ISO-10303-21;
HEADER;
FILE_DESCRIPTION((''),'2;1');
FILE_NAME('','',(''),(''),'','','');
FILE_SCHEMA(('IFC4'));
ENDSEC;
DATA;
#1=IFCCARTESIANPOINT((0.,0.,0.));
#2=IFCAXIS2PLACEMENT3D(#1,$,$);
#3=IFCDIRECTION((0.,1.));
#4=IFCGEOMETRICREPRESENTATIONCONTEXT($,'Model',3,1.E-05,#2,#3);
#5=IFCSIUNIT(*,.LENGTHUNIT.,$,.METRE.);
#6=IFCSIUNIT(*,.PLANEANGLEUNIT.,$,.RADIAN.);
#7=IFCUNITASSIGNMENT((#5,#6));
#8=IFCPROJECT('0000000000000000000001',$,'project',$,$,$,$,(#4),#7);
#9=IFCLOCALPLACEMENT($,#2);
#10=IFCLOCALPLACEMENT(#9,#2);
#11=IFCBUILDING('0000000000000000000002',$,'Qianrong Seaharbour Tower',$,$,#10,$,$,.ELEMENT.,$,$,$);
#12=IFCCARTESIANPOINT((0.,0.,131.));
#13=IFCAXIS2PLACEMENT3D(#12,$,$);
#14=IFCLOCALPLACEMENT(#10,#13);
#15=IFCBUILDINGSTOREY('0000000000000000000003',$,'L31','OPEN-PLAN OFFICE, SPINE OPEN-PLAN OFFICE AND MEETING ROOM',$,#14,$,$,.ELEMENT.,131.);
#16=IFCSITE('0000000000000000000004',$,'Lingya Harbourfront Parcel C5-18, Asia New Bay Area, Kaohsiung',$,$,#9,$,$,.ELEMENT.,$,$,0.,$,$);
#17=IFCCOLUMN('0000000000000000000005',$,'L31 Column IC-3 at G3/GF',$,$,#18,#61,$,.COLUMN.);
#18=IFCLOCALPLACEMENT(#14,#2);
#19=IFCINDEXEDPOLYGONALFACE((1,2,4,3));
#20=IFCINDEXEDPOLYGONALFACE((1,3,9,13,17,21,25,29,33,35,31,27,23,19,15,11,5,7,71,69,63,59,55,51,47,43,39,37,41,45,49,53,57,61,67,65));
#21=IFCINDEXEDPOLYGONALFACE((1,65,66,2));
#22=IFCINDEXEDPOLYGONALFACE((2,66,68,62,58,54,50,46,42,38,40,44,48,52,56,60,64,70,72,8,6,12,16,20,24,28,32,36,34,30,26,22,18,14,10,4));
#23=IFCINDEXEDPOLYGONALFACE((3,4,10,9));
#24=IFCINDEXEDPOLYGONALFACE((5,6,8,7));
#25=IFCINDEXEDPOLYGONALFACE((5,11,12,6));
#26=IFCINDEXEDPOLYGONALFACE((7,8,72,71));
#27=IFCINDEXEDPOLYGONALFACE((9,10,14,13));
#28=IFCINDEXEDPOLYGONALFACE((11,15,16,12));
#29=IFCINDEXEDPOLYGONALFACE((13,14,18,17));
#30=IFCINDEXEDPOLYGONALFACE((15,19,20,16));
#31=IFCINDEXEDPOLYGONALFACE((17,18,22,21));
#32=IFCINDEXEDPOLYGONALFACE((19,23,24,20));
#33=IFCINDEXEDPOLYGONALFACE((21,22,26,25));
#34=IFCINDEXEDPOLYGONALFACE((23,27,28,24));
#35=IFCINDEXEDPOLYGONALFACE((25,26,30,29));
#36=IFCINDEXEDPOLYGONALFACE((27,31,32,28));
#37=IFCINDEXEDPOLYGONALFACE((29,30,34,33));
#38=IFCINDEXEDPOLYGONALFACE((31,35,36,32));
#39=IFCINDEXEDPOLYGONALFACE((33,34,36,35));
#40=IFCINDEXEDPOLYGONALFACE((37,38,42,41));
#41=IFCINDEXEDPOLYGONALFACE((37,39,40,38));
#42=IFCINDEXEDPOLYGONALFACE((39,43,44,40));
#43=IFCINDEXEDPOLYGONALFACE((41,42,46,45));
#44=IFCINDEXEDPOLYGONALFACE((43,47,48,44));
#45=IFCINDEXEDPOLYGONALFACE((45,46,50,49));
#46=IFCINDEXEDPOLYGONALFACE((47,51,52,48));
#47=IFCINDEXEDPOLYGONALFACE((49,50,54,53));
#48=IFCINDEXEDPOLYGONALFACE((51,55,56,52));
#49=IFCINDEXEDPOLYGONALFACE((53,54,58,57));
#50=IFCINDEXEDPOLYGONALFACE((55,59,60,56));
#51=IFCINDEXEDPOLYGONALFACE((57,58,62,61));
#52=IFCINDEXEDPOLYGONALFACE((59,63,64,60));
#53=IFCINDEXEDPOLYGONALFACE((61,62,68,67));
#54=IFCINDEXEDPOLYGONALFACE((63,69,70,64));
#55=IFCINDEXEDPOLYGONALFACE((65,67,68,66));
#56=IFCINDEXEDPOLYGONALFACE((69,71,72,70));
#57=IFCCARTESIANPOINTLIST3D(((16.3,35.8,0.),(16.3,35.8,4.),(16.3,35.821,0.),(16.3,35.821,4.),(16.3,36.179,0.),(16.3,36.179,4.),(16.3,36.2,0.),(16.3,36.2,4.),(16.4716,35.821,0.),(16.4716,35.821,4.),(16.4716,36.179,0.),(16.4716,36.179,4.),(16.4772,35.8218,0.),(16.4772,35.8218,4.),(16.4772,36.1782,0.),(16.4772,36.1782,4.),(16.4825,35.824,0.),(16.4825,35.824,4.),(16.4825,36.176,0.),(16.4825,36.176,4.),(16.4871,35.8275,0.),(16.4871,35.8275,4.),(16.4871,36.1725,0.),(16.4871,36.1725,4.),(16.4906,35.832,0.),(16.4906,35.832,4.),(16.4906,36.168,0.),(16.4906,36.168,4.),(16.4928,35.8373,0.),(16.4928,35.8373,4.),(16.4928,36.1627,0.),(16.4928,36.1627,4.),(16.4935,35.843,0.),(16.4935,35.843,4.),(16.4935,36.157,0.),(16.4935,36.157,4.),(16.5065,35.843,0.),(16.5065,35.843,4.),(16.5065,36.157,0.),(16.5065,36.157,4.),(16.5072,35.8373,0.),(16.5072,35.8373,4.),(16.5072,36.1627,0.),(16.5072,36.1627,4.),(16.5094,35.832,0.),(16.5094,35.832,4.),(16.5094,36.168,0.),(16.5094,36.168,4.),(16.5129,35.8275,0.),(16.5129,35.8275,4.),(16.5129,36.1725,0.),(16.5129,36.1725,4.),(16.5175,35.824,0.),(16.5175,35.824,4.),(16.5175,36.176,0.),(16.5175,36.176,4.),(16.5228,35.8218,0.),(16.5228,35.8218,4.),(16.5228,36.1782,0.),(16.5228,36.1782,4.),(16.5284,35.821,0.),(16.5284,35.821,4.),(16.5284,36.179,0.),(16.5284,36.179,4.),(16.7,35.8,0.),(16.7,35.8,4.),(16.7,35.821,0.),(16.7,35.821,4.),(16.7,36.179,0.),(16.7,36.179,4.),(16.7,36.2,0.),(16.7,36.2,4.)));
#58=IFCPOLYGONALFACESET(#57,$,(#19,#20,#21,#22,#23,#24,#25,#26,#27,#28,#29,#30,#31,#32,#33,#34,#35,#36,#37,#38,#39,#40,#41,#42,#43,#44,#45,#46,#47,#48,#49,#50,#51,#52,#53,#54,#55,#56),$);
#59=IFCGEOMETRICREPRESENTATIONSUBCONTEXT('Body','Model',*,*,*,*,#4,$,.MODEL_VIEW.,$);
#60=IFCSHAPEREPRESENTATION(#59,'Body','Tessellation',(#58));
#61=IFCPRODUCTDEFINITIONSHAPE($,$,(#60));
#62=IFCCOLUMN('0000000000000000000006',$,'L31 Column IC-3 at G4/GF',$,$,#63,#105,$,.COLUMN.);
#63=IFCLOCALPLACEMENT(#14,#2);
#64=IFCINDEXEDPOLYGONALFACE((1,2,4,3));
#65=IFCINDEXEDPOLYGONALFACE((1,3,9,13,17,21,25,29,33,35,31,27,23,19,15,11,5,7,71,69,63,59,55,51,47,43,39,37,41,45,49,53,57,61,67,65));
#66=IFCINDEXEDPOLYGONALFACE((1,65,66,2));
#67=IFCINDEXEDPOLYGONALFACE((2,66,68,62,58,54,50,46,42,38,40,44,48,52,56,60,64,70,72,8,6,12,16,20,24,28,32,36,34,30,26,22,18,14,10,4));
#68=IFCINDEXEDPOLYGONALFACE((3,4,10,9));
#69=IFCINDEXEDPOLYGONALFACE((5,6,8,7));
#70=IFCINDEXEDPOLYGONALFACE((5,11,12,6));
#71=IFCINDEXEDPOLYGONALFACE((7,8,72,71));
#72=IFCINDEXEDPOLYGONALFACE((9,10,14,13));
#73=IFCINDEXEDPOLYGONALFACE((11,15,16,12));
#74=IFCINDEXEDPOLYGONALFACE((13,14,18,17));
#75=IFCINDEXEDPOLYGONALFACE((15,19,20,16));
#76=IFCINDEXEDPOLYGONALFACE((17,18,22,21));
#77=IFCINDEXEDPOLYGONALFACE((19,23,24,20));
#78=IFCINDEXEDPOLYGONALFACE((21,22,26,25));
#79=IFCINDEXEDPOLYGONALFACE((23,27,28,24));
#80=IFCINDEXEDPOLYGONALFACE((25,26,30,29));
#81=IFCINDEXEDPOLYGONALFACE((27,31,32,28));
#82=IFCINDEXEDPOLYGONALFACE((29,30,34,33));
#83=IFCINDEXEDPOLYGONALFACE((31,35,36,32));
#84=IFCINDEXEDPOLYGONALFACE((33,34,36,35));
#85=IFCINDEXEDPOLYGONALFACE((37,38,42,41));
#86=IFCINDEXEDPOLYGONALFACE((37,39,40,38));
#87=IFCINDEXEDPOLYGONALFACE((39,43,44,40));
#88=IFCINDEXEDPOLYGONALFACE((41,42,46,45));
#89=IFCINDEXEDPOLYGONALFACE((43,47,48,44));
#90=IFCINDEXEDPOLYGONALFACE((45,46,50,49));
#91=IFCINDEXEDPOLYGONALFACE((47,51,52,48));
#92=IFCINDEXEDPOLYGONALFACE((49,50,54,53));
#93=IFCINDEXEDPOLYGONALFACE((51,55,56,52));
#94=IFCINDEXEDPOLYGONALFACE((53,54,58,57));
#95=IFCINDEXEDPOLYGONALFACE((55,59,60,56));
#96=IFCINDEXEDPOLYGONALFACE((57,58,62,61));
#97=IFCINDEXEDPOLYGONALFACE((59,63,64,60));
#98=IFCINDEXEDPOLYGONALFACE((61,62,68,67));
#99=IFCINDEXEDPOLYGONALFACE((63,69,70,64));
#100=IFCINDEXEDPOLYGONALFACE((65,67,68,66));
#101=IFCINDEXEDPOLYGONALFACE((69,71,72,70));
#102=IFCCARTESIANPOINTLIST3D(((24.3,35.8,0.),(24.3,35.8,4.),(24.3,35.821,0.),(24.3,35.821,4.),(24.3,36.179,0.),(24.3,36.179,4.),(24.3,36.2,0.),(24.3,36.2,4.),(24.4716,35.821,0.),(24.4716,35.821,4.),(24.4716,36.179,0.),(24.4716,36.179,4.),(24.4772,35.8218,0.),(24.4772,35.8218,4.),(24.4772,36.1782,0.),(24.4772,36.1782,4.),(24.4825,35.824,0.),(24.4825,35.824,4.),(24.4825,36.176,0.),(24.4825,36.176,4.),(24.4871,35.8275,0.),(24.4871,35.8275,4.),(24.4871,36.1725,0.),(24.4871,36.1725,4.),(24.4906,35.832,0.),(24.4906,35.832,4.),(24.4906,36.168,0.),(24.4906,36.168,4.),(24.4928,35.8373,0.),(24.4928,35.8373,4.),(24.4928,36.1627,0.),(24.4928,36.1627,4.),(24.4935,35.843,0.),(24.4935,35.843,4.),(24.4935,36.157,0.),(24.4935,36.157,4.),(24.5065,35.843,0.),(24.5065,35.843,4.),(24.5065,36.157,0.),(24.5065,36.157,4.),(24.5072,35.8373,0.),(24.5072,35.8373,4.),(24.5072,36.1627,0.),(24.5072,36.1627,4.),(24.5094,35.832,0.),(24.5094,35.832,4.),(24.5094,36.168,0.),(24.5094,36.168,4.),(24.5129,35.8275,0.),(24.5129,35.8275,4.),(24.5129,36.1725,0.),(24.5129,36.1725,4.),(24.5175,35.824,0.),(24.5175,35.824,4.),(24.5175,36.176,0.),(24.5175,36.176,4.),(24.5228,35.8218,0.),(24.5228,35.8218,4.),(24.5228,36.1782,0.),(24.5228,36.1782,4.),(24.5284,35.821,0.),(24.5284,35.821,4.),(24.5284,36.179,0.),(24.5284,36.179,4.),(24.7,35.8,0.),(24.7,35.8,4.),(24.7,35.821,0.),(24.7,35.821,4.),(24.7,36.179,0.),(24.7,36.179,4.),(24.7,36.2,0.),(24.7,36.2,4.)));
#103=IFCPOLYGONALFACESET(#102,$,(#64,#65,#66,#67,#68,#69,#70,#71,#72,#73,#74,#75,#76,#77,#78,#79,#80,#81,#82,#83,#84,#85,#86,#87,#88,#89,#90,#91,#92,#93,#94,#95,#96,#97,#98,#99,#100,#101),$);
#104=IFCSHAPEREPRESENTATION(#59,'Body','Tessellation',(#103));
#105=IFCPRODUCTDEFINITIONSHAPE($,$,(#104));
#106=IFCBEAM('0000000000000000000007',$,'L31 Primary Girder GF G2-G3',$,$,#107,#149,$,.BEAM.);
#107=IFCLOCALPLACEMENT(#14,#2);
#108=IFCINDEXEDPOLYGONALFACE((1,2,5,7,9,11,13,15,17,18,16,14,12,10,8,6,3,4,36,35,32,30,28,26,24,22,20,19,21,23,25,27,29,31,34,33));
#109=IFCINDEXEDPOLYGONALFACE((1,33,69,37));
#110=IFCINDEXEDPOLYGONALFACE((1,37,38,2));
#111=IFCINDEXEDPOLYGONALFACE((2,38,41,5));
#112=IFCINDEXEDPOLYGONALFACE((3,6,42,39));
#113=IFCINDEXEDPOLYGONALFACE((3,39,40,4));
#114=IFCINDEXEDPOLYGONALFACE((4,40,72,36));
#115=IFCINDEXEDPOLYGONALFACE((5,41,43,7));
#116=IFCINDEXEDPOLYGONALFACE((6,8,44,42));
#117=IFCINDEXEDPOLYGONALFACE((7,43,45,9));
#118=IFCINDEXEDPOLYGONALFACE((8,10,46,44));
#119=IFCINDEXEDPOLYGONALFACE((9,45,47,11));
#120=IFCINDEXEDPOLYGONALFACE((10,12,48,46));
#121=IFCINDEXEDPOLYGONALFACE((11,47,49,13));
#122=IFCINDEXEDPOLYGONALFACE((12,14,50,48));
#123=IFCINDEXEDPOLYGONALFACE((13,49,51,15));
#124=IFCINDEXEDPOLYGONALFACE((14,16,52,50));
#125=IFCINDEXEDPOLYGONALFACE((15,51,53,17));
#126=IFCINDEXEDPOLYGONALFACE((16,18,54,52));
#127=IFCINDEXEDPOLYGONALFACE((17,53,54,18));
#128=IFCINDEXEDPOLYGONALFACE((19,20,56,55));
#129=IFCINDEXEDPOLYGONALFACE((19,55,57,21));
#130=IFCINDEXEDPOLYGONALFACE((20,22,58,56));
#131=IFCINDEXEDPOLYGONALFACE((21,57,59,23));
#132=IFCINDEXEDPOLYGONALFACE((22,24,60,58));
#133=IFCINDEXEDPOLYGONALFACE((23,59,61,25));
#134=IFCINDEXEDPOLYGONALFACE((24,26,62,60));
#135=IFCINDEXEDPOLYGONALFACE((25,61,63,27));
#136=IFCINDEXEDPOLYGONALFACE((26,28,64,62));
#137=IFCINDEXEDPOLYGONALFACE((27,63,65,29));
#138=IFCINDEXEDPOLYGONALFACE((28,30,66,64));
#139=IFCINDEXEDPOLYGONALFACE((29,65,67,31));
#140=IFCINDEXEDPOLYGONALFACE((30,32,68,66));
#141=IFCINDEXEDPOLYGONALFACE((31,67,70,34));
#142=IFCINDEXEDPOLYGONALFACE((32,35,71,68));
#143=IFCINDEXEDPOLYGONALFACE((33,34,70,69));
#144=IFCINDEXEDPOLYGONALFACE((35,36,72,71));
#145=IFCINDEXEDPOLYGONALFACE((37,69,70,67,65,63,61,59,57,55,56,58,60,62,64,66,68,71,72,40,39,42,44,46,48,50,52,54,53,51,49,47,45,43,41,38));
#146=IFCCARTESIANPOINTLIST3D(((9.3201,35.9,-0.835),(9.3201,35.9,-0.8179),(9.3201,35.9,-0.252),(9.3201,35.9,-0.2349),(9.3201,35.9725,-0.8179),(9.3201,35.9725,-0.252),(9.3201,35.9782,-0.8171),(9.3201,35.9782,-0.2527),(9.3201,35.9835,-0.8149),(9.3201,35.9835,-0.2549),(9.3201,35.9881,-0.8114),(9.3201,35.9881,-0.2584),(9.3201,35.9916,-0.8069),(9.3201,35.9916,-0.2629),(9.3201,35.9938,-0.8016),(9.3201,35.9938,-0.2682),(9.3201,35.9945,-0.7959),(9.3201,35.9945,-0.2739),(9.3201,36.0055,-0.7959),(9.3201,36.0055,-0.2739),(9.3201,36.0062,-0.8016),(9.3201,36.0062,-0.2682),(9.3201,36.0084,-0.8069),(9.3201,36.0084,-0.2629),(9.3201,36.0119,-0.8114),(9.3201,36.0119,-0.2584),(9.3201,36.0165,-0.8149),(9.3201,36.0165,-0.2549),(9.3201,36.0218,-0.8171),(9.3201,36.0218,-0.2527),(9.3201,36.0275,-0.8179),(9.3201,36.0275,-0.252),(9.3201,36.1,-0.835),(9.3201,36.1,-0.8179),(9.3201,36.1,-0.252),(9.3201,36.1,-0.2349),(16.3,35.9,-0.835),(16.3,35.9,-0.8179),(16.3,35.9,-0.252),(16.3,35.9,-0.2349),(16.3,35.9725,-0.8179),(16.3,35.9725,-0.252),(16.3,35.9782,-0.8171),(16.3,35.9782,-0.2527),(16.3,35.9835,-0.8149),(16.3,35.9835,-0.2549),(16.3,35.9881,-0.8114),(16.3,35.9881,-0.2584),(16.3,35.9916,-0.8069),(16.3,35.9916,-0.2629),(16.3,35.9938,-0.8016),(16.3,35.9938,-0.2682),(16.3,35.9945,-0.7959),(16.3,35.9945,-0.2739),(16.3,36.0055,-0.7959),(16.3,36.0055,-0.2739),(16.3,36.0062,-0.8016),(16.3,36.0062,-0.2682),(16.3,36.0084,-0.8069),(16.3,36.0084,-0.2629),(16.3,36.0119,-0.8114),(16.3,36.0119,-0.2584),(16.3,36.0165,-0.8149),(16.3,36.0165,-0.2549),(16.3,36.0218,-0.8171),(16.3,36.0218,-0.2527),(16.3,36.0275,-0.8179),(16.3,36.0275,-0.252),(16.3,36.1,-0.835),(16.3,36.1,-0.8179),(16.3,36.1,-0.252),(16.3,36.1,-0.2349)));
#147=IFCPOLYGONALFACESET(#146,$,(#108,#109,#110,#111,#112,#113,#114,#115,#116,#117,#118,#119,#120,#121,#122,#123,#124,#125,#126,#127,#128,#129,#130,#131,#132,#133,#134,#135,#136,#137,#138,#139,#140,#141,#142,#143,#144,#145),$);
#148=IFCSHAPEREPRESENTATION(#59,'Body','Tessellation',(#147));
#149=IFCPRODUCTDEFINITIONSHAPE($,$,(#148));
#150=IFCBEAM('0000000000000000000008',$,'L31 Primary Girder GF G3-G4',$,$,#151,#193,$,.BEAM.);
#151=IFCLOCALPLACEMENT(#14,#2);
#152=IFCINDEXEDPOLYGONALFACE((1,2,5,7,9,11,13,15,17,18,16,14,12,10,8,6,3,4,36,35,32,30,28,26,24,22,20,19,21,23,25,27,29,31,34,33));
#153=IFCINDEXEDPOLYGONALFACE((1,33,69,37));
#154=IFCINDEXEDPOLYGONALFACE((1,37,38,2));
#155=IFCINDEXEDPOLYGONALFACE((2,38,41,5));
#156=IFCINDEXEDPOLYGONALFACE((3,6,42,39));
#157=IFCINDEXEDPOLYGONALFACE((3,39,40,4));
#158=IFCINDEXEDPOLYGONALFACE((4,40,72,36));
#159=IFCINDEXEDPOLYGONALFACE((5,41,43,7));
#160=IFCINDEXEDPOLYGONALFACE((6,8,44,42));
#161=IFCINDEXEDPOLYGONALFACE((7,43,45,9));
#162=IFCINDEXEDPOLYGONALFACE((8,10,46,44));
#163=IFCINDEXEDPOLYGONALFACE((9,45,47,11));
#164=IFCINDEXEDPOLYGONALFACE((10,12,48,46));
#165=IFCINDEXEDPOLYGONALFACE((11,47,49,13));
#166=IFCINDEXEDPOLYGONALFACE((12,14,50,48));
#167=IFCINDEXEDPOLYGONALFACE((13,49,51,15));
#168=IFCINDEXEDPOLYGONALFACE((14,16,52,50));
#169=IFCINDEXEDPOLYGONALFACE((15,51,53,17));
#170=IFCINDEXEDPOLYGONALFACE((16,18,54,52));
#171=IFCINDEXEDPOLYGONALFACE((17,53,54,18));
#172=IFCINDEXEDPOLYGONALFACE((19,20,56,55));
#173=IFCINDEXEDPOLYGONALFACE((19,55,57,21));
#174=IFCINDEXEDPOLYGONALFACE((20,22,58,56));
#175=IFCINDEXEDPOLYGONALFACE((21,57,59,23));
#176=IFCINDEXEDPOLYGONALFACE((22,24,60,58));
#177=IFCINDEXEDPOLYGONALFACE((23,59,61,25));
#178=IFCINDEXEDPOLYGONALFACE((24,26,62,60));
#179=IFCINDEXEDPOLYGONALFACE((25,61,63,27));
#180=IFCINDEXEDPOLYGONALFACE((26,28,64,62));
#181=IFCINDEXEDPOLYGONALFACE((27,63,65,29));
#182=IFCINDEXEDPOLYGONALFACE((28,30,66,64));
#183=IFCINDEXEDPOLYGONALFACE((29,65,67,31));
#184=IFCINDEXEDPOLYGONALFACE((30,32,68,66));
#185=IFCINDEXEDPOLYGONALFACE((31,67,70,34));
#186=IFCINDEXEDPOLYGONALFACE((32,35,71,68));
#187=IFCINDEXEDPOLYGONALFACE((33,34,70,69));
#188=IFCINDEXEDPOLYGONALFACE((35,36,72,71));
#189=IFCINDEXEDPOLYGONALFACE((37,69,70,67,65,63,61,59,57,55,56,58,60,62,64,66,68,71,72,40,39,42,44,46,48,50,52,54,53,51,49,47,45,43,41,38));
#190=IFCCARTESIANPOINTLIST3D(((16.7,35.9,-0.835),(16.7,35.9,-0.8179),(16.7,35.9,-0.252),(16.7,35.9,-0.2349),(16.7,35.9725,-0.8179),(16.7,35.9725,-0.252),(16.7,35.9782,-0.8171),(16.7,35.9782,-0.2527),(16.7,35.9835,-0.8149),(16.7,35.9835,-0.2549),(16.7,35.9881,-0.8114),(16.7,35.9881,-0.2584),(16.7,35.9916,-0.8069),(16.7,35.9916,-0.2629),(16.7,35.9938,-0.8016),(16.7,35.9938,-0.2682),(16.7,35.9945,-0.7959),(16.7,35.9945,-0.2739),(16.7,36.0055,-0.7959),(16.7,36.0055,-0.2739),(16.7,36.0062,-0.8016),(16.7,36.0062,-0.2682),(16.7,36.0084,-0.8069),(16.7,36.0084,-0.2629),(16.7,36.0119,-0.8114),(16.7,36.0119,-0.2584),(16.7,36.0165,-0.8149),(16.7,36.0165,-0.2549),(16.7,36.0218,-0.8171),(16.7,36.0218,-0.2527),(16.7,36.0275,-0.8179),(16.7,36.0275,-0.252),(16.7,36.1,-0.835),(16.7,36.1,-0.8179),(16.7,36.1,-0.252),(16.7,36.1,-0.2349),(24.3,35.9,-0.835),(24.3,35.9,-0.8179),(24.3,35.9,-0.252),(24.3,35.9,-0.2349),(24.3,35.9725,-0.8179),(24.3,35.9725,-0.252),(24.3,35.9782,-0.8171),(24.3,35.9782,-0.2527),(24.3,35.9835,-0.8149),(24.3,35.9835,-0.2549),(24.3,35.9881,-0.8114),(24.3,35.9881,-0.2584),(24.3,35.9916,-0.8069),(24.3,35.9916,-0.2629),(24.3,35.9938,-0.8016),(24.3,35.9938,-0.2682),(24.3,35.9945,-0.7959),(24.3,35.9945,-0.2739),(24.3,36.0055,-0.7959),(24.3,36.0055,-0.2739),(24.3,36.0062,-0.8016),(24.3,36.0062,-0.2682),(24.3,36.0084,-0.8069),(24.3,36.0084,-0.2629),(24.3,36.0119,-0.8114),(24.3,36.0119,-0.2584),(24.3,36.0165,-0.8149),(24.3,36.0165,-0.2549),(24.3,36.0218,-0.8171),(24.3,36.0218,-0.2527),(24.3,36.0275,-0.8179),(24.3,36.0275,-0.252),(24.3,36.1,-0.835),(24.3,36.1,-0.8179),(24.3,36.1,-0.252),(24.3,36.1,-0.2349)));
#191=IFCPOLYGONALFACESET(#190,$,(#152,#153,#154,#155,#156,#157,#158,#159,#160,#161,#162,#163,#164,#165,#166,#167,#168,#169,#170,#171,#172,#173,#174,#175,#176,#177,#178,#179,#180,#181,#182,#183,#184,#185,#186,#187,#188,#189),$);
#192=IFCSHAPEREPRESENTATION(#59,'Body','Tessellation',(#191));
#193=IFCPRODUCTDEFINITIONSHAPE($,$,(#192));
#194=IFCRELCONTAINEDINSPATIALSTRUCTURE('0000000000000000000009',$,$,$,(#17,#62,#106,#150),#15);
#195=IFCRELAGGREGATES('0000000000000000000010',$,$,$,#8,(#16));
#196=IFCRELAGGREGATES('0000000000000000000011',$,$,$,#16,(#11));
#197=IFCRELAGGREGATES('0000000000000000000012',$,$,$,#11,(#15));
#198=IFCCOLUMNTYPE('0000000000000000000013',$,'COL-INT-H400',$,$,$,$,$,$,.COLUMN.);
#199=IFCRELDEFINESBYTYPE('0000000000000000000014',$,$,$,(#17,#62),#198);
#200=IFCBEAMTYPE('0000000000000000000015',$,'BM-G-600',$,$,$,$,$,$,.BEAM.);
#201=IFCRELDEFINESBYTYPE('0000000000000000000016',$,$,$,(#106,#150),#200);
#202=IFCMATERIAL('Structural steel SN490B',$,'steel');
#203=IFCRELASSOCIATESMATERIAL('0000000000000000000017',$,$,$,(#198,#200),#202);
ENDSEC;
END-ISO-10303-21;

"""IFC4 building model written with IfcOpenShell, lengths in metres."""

from ifc_helpers import new_model, si_unit, direction, frame, origin, origin_2d, place, context, subcontext, project, spatial, i_section, extrude, material, material_profile, profile_set, type_object, element, save


model = new_model("IFC4")

# Units and contexts
model_context = context("Model", 3, precision=1e-05, world=origin(), true_north=direction((0.0, 1.0)))
body_context = subcontext(model_context, "Body", "Model", "MODEL_VIEW")
ifc_project = project(units=[si_unit("LENGTHUNIT", "METRE"), si_unit("PLANEANGLEUNIT", "RADIAN")], contexts=[model_context])

# Site, building, storey
site_placement = place(None, origin())
site = spatial("IfcSite", under=ifc_project, at=site_placement, Name="Lingya Harbourfront Parcel C5-18, Asia New Bay Area, Kaohsiung", CompositionType="ELEMENT", RefElevation=0.0)
building_placement = place(site_placement, origin())
building = spatial("IfcBuilding", under=site, at=building_placement, Name="Qianrong Seaharbour Tower", CompositionType="ELEMENT")
storey_placement = place(building_placement, frame((0.0, 0.0, 131.0)))
storey = spatial("IfcBuildingStorey", under=building, at=storey_placement, Name="L31", Description="OPEN-PLAN OFFICE, SPINE OPEN-PLAN OFFICE AND MEETING ROOM", CompositionType="ELEMENT", Elevation=131.0)

# Columns
ifc_material_1 = material(Name="Structural steel SN490B", Category="steel")
ifc_material_profile_1 = material_profile(ifc_material_1, i_section(OverallWidth=0.3999, OverallDepth=0.3999, WebThickness=0.0129, FlangeThickness=0.021, FilletRadius=0.022, at=origin_2d()), Name="H400x400x13x21")
ifc_profile_set_1 = profile_set([ifc_material_profile_1], Name="Structural steel SN490B")
column_type = type_object("IfcColumnType", Name="COL-INT-H400", PredefinedType="COLUMN", material=ifc_profile_set_1)
for number, where, z_axis, x_axis, name in (
    (1, (16.5, 36.0, 0.0), (0.0, 0.0, 1.0), (1.0, 0.0, 0.0), "L31 Column IC-3 at G3/GF"),
    (2, (24.5, 36.0, 0.0), (0.0, 0.0, 1.0), (1.0, 0.0, 0.0), "L31 Column IC-3 at G4/GF"),
):
    element("IfcColumn", number, at=place(storey_placement, frame(where, z_axis=z_axis, x_axis=x_axis)), inside=storey, type_object=column_type, Name=name, PredefinedType="COLUMN", context=body_context, shape_type="SweptSolid", body=[
        extrude(i_section(OverallWidth=0.3999, OverallDepth=0.3999, WebThickness=0.0129, FlangeThickness=0.021, FilletRadius=0.022, at=origin_2d()), origin(), (0.0, 0.0, 1.0), 4.0),
    ])

# Beams
ifc_material_profile_2 = material_profile(ifc_material_1, i_section(OverallWidth=0.2, OverallDepth=0.6001, WebThickness=0.011, FlangeThickness=0.0171, FilletRadius=0.022, at=origin_2d()), Name="H600x200x11x17")
ifc_profile_set_2 = profile_set([ifc_material_profile_2], Name="Structural steel SN490B")
beam_type_1 = type_object("IfcBeamType", Name="BM-G-600", PredefinedType="BEAM", material=ifc_profile_set_2)
beam_1_placement = place(storey_placement, frame((9.3201, 36.0, -0.5349), z_axis=(1.0, 0.0, 0.0), x_axis=(0.0, 1.0, 0.0)))
element("IfcBeam", 3, at=beam_1_placement, inside=storey, type_object=beam_type_1, Name="L31 Primary Girder GF G2-G3", PredefinedType="BEAM", context=body_context, shape_type="SweptSolid", body=[
    extrude(i_section(OverallWidth=0.2, OverallDepth=0.6001, WebThickness=0.011, FlangeThickness=0.0171, FilletRadius=0.022, at=origin_2d()), origin(), (0.0, 0.0, 1.0), 6.98),
])
for number, where, z_axis, x_axis, name in (
    (4, (16.7, 36.0, -0.5349), (1.0, 0.0, 0.0), (0.0, 1.0, 0.0), "L31 Primary Girder GF G3-G4"),
):
    element("IfcBeam", number, at=place(storey_placement, frame(where, z_axis=z_axis, x_axis=x_axis)), inside=storey, type_object=beam_type_1, Name=name, PredefinedType="BEAM", context=body_context, shape_type="SweptSolid", body=[
        extrude(i_section(OverallWidth=0.2, OverallDepth=0.6001, WebThickness=0.011, FlangeThickness=0.0171, FilletRadius=0.022, at=origin_2d()), origin(), (0.0, 0.0, 1.0), 7.6001),
    ])

save(model, "model.ifc")
